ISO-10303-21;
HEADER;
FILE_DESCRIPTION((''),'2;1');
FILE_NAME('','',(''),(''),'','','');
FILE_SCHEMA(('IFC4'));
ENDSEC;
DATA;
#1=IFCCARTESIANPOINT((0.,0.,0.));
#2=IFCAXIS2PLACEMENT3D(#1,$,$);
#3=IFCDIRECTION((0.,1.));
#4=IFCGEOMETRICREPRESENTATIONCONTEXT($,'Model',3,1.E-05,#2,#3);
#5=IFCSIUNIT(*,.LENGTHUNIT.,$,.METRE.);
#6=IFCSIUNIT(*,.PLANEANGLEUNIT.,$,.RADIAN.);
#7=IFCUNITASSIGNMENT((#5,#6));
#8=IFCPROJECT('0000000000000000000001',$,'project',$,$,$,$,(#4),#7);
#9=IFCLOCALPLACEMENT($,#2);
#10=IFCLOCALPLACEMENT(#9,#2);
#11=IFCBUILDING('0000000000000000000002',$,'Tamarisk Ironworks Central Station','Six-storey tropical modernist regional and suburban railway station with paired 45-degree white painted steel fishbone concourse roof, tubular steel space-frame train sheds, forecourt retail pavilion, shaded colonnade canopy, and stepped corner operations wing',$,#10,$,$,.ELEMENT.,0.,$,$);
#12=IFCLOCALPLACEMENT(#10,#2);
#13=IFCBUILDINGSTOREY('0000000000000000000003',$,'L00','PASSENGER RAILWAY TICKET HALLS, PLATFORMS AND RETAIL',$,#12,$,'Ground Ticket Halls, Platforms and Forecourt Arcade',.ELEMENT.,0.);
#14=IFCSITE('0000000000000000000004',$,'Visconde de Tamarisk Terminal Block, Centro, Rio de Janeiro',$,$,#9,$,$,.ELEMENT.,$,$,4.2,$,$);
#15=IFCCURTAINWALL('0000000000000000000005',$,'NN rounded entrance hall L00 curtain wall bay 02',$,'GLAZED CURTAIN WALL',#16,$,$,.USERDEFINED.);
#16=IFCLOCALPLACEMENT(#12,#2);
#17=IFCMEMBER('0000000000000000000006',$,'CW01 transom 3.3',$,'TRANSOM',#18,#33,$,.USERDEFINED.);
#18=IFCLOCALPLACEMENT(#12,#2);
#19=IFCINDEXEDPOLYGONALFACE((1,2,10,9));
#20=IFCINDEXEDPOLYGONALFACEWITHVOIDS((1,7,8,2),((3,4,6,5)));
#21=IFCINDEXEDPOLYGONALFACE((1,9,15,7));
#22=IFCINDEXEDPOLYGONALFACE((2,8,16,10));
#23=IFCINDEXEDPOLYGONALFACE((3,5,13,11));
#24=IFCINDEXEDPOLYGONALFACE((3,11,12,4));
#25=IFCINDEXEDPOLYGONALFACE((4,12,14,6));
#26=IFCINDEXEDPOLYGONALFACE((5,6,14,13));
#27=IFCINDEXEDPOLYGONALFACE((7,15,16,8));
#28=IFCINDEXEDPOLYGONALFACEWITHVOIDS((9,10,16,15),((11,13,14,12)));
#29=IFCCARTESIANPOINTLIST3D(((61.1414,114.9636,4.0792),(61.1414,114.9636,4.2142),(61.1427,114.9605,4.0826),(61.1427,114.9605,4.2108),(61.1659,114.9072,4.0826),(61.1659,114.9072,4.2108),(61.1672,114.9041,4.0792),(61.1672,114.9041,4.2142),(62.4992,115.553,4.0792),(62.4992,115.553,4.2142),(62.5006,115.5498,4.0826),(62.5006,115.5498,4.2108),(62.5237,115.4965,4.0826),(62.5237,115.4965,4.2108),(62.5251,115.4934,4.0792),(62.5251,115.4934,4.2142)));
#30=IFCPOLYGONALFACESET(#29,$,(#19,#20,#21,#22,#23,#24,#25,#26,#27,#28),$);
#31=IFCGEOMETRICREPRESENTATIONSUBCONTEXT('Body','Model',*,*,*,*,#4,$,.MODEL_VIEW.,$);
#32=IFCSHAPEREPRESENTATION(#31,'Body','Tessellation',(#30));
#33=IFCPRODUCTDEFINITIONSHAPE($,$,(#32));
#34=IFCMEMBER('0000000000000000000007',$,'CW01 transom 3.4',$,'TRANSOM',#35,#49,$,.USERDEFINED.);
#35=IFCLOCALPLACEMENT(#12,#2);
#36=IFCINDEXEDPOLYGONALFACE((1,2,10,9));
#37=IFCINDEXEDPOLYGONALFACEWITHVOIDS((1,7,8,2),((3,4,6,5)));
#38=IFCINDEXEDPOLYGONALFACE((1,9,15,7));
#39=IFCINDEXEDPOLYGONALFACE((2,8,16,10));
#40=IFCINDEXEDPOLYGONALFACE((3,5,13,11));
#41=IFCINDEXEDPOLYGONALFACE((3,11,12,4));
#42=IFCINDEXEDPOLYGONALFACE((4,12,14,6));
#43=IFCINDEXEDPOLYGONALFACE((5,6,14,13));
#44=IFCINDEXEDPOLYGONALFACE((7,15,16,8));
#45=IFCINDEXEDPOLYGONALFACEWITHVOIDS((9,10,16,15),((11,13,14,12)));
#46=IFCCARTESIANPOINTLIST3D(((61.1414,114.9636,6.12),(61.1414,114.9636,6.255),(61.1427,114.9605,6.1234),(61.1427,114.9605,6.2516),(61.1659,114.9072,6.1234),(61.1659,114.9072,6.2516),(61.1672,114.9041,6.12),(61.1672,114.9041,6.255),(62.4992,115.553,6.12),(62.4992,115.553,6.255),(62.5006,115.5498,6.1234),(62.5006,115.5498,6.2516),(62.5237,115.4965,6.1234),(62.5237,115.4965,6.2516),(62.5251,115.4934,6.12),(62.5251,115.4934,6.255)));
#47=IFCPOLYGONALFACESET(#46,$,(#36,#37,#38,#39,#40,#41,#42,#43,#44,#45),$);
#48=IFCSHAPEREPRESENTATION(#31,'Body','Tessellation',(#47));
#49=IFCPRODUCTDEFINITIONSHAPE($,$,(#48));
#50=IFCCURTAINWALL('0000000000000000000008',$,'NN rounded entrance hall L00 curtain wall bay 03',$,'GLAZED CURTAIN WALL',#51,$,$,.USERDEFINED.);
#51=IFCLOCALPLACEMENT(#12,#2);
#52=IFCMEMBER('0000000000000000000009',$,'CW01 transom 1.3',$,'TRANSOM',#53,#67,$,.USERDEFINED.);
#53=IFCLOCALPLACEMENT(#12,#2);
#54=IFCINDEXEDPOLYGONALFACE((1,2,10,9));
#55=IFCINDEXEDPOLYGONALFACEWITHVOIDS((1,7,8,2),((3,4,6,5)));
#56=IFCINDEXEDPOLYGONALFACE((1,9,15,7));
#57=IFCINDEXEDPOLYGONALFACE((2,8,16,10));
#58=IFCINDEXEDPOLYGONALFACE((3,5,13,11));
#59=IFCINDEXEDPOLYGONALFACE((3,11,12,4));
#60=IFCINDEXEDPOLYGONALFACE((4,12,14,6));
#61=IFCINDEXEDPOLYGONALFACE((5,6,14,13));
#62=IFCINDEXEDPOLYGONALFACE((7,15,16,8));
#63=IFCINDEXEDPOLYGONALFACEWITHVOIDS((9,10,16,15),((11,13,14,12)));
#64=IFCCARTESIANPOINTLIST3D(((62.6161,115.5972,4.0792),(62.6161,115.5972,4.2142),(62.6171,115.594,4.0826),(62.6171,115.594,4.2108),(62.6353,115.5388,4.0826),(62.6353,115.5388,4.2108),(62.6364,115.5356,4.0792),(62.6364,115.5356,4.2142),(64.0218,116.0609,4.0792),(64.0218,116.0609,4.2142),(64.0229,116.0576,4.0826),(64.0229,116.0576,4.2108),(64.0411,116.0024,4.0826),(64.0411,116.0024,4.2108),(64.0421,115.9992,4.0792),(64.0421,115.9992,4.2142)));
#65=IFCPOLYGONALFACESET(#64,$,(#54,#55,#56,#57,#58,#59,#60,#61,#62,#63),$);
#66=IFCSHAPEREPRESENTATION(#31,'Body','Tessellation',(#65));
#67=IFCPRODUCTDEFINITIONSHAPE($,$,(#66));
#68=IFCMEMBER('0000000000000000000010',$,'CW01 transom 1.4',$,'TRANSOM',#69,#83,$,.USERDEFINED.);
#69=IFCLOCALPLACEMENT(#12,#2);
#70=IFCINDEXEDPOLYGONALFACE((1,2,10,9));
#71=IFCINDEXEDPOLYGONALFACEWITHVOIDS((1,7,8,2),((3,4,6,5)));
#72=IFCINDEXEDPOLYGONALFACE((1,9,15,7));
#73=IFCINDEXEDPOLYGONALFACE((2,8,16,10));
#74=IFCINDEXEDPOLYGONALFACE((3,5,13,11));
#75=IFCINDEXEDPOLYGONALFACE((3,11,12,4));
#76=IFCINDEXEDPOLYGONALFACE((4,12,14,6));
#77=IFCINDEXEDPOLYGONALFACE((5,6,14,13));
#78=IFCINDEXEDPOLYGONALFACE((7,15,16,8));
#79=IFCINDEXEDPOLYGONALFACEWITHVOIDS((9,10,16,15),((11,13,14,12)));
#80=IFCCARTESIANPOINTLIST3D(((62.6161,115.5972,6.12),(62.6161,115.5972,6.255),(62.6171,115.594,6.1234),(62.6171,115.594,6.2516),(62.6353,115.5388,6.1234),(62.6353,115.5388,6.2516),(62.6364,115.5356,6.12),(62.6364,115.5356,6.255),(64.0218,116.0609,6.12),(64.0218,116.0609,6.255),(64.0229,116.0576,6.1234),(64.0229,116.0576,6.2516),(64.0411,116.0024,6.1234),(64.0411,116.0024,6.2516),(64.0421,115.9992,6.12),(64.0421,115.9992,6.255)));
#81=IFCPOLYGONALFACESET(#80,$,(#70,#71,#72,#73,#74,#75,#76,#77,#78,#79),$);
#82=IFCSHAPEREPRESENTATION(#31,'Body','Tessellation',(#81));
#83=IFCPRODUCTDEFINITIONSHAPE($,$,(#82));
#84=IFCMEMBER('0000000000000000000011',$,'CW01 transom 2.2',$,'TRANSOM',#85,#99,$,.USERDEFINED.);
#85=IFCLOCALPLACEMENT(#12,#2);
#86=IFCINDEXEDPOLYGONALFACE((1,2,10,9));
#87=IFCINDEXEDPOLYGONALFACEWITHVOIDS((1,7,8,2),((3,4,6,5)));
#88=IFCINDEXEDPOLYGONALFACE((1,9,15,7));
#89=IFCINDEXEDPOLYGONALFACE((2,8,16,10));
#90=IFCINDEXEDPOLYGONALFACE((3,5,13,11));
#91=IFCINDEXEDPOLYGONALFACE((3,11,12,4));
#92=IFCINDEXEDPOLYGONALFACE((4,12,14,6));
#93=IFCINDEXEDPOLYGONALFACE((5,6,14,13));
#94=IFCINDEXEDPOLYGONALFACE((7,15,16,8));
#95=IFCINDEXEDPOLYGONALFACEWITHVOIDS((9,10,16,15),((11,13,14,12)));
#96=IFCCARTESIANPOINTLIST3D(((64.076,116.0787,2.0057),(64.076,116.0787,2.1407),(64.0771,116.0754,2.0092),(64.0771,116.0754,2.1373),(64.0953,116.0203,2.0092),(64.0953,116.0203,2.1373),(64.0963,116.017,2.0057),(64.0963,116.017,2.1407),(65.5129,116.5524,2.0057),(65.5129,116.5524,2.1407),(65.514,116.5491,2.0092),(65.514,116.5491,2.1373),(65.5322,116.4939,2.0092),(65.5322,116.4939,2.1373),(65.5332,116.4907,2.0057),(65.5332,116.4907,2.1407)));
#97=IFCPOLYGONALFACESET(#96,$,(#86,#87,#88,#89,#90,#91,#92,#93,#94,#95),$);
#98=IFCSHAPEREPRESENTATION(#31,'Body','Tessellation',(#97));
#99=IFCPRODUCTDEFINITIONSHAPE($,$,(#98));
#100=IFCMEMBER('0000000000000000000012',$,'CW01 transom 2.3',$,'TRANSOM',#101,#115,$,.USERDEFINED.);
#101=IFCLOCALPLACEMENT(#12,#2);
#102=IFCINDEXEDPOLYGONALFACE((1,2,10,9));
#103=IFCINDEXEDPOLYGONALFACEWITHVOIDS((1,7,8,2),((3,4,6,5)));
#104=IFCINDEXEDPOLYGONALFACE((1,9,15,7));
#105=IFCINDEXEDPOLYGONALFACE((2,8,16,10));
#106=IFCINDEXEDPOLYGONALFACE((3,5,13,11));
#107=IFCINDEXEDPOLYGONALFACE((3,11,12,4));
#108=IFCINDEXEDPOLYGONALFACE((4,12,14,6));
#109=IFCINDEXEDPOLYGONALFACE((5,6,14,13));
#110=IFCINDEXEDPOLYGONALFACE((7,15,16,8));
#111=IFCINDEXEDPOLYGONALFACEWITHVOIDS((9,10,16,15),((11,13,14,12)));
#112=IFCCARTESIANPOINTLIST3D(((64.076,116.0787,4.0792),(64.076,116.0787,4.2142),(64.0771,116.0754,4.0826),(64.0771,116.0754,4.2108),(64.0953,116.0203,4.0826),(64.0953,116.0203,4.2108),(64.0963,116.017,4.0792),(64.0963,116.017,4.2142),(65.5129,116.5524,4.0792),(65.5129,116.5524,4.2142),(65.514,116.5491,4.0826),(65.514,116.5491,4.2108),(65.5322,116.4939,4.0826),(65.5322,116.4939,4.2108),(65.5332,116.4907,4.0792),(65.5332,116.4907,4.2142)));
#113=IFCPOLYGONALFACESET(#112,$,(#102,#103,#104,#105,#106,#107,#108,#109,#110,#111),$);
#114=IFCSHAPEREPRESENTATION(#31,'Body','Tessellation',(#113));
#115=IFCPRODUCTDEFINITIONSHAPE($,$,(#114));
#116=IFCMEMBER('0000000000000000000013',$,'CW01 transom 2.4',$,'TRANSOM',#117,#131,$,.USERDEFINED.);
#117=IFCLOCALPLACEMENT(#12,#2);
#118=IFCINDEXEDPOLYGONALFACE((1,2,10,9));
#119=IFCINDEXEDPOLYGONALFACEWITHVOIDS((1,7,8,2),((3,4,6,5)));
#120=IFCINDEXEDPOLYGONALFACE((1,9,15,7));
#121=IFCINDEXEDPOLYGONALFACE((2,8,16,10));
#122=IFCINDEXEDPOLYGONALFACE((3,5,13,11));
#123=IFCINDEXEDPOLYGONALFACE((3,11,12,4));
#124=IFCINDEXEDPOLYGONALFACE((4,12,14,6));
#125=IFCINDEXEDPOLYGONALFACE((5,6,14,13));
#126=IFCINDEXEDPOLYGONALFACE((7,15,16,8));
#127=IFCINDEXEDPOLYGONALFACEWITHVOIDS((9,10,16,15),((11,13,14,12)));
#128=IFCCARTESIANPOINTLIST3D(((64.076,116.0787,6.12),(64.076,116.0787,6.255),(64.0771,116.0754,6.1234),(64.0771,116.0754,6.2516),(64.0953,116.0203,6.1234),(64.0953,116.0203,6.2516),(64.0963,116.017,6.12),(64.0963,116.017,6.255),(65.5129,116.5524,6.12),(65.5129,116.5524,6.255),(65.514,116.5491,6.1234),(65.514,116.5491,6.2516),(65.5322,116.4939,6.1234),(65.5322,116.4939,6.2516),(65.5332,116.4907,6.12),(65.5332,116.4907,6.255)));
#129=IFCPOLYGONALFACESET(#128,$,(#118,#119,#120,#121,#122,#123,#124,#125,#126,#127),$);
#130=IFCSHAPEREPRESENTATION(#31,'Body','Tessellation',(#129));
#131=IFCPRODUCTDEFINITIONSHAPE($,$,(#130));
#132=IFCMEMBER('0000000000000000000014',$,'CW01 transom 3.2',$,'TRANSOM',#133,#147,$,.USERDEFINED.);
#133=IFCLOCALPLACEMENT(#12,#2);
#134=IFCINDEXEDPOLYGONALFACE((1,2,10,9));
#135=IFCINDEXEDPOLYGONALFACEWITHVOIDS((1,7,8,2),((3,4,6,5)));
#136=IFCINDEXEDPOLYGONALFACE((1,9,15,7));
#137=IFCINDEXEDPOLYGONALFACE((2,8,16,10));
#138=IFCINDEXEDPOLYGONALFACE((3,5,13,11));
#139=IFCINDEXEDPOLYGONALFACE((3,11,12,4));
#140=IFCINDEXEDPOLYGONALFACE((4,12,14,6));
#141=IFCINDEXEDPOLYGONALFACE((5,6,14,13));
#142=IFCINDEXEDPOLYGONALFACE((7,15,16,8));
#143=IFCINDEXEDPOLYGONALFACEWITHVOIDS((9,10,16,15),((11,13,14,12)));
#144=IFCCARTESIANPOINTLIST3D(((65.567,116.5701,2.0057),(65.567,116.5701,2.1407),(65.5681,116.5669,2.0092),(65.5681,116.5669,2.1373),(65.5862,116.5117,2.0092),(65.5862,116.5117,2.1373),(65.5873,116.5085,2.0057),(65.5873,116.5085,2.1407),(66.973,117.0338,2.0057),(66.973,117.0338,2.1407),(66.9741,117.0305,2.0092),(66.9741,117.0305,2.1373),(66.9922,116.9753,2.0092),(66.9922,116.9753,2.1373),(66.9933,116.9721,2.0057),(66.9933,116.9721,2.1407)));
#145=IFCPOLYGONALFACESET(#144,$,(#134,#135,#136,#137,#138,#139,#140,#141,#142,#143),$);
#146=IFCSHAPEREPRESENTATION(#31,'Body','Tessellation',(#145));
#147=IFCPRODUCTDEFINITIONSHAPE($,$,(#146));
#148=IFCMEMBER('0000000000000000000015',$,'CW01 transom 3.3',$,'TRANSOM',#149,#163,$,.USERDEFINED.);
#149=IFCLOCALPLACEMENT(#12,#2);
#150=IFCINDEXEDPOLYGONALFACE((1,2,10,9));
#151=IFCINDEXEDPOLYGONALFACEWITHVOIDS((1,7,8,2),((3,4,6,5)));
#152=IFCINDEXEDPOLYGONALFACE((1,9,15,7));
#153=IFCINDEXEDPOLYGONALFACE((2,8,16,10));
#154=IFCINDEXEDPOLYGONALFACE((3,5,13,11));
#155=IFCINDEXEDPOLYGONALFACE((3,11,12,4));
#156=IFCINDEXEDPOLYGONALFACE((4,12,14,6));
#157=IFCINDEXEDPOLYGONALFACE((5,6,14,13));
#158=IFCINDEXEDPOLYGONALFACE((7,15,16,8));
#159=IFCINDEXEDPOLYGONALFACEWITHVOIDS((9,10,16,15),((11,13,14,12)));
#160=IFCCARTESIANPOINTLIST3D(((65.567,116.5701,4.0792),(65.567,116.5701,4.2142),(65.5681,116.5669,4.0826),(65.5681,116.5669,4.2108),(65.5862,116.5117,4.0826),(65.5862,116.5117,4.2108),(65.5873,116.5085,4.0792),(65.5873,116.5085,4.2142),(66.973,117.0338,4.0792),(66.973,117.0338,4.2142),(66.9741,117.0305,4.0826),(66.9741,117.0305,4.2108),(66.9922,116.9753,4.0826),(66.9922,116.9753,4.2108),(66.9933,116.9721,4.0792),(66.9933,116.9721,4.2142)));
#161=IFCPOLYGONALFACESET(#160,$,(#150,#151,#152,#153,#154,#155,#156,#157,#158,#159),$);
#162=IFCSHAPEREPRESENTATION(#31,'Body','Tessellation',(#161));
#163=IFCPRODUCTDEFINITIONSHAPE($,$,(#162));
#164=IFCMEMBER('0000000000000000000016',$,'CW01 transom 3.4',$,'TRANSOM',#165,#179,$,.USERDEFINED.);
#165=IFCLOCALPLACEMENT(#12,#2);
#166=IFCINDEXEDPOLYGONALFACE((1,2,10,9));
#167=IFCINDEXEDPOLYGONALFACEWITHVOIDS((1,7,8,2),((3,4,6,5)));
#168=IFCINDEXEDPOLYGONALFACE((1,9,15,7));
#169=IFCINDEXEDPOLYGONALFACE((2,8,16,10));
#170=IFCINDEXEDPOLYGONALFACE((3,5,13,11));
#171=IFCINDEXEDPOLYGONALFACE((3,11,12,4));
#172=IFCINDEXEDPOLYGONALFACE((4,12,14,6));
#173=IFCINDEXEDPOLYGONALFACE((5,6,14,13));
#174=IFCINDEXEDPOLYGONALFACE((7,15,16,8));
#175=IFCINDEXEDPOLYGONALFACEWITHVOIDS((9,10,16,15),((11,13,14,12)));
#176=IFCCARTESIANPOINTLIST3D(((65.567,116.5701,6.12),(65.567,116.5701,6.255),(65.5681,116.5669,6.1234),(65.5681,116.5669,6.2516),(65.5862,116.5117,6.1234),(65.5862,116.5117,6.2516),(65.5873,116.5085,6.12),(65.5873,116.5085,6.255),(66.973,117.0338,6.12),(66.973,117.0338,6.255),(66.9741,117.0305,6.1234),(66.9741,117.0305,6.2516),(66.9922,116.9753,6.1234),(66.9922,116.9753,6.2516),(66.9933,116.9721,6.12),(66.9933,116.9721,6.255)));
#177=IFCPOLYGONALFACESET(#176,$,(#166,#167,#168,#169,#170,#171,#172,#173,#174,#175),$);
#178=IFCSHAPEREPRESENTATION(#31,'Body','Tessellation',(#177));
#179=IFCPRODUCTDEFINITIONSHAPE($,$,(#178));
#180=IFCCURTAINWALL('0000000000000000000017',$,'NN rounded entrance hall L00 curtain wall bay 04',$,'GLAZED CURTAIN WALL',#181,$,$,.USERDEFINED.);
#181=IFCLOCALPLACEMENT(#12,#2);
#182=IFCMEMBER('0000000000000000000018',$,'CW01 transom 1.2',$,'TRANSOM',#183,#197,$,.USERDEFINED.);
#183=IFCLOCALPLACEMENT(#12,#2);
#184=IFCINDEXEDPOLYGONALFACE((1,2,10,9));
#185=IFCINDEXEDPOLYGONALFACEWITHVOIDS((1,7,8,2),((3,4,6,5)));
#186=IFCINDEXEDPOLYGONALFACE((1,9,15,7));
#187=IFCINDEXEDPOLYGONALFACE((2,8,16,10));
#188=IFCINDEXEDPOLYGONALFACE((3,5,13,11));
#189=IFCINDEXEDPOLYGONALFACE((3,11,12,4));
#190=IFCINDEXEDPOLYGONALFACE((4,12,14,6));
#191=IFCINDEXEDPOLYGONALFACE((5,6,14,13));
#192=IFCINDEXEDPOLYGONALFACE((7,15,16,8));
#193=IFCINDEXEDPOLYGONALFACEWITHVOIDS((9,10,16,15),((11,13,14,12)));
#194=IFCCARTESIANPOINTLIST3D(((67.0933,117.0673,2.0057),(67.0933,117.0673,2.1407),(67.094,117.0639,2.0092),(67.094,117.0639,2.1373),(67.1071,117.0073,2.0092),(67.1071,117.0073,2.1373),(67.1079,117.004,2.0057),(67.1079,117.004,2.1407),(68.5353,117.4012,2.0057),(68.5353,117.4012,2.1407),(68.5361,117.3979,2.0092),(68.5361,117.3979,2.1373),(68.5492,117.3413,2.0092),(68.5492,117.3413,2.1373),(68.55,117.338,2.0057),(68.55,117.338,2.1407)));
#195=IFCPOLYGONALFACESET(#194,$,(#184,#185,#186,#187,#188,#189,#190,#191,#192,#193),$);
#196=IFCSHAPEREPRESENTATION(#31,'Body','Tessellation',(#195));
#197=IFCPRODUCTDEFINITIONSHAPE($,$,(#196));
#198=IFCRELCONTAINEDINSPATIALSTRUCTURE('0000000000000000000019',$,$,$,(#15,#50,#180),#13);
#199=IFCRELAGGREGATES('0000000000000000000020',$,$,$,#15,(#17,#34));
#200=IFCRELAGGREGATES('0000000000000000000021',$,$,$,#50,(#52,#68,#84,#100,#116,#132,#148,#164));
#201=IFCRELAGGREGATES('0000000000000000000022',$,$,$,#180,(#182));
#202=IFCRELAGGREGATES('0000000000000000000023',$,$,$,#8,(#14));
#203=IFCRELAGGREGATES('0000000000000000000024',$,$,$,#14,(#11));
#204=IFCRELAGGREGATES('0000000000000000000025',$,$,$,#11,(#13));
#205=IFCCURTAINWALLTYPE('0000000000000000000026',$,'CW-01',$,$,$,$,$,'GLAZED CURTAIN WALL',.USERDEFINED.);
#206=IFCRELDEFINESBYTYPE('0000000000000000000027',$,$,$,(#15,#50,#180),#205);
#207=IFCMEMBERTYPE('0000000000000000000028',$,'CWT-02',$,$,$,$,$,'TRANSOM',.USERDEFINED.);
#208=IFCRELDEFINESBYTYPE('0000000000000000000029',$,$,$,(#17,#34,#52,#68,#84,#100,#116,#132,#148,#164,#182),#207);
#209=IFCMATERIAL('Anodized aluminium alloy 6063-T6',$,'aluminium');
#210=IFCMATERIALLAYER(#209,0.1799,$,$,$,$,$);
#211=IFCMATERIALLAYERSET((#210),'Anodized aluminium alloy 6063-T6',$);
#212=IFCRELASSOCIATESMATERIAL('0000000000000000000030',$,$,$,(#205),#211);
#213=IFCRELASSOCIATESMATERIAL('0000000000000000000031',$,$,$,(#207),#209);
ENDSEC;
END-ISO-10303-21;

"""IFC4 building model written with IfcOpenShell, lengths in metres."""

from ifc_helpers import new_model, si_unit, direction, frame, origin, origin_2d, place, context, subcontext, project, spatial, hollow_rectangle, extrude, material, layer, layer_set, material_profile, profile_set, type_object, element, aggregate, save


model = new_model("IFC4")

# Units and contexts
model_context = context("Model", 3, precision=1e-05, world=origin(), true_north=direction((0.0, 1.0)))
body_context = subcontext(model_context, "Body", "Model", "MODEL_VIEW")
ifc_project = project(units=[si_unit("LENGTHUNIT", "METRE"), si_unit("PLANEANGLEUNIT", "RADIAN")], contexts=[model_context])

# Site, building, storey
site_placement = place(None, origin())
site = spatial("IfcSite", under=ifc_project, at=site_placement, Name="Visconde de Tamarisk Terminal Block, Centro, Rio de Janeiro", CompositionType="ELEMENT", RefElevation=4.2)
building_placement = place(site_placement, origin())
building = spatial("IfcBuilding", under=site, at=building_placement, Name="Tamarisk Ironworks Central Station", Description="Six-storey tropical modernist regional and suburban railway station with paired 45-degree white painted steel fishbone concourse roof, tubular steel space-frame train sheds, forecourt retail pavilion, shaded colonnade canopy, and stepped corner operations wing", CompositionType="ELEMENT", ElevationOfRefHeight=0.0)
storey_placement = place(building_placement, origin())
storey = spatial("IfcBuildingStorey", under=building, at=storey_placement, Name="L00", Description="PASSENGER RAILWAY TICKET HALLS, PLATFORMS AND RETAIL", LongName="Ground Ticket Halls, Platforms and Forecourt Arcade", CompositionType="ELEMENT", Elevation=0.0)

# Curtain walls, members
ifc_material_1 = material(Name="Anodized aluminium alloy 6063-T6", Category="aluminium")
ifc_layer_1 = layer(ifc_material_1, 0.1799)
ifc_layer_set_1 = layer_set([ifc_layer_1], Name="Anodized aluminium alloy 6063-T6")
curtain_wall_type = type_object("IfcCurtainWallType", Name="CW-01", ElementType="GLAZED CURTAIN WALL", PredefinedType="USERDEFINED", material=ifc_layer_set_1)
curtain_wall_1_placement = place(storey_placement, origin())
curtain_wall_1 = element("IfcCurtainWall", 1, at=curtain_wall_1_placement, inside=storey, type_object=curtain_wall_type, Name="NN rounded entrance hall L00 curtain wall bay 02", ObjectType="GLAZED CURTAIN WALL", PredefinedType="USERDEFINED")
ifc_material_profile = material_profile(ifc_material_1, hollow_rectangle(XDim=0.0649, YDim=0.135, WallThickness=0.0034, at=origin_2d()), Name="ALUM 135x65")
ifc_profile_set = profile_set([ifc_material_profile], Name="Anodized aluminium alloy 6063-T6")
member_type = type_object("IfcMemberType", Name="CWT-02", ElementType="TRANSOM", PredefinedType="USERDEFINED", material=ifc_profile_set)
member_1_placement = place(storey_placement, frame((61.1543, 114.9338, 4.1467), z_axis=(0.917327, 0.398135, 0.0), x_axis=(-0.398135, 0.917327, 0.0)))
member_1 = element("IfcMember", 2, at=member_1_placement, type_object=member_type, Name="CW01 transom 3.3", ObjectType="TRANSOM", PredefinedType="USERDEFINED", context=body_context, shape_type="SweptSolid", body=[
    extrude(hollow_rectangle(XDim=0.0649, YDim=0.135, WallThickness=0.0034, at=origin_2d()), origin(), (0.0, 0.0, 1.0), 1.4802),
])
member_2_placement = place(storey_placement, frame((61.1543, 114.9338, 6.1875), z_axis=(0.917327, 0.398135, 0.0), x_axis=(-0.398135, 0.917327, 0.0)))
member_2 = element("IfcMember", 3, at=member_2_placement, type_object=member_type, Name="CW01 transom 3.4", ObjectType="TRANSOM", PredefinedType="USERDEFINED", context=body_context, shape_type="SweptSolid", body=[
    extrude(hollow_rectangle(XDim=0.0649, YDim=0.135, WallThickness=0.0034, at=origin_2d()), origin(), (0.0, 0.0, 1.0), 1.4802),
])
curtain_wall_2_placement = place(storey_placement, origin())
curtain_wall_2 = element("IfcCurtainWall", 4, at=curtain_wall_2_placement, inside=storey, type_object=curtain_wall_type, Name="NN rounded entrance hall L00 curtain wall bay 03", ObjectType="GLAZED CURTAIN WALL", PredefinedType="USERDEFINED")
member_3_placement = place(storey_placement, frame((62.6262, 115.5664, 4.1467), z_axis=(0.949685, 0.313208, 0.0), x_axis=(-0.313208, 0.949685, 0.0)))
member_3 = element("IfcMember", 5, at=member_3_placement, type_object=member_type, Name="CW01 transom 1.3", ObjectType="TRANSOM", PredefinedType="USERDEFINED", context=body_context, shape_type="SweptSolid", body=[
    extrude(hollow_rectangle(XDim=0.0649, YDim=0.135, WallThickness=0.0034, at=origin_2d()), origin(), (0.0, 0.0, 1.0), 1.4802),
])
member_4_placement = place(storey_placement, frame((62.6262, 115.5664, 6.1875), z_axis=(0.949685, 0.313208, 0.0), x_axis=(-0.313208, 0.949685, 0.0)))
member_4 = element("IfcMember", 6, at=member_4_placement, type_object=member_type, Name="CW01 transom 1.4", ObjectType="TRANSOM", PredefinedType="USERDEFINED", context=body_context, shape_type="SweptSolid", body=[
    extrude(hollow_rectangle(XDim=0.0649, YDim=0.135, WallThickness=0.0034, at=origin_2d()), origin(), (0.0, 0.0, 1.0), 1.4802),
])
member_5_placement = place(storey_placement, frame((64.0862, 116.0479, 2.0732), z_axis=(0.949727, 0.313079, 0.0), x_axis=(-0.313079, 0.949727, 0.0)))
member_5 = element("IfcMember", 7, at=member_5_placement, type_object=member_type, Name="CW01 transom 2.2", ObjectType="TRANSOM", PredefinedType="USERDEFINED", context=body_context, shape_type="SweptSolid", body=[
    extrude(hollow_rectangle(XDim=0.0649, YDim=0.135, WallThickness=0.0034, at=origin_2d()), origin(), (0.0, 0.0, 1.0), 1.5129),
])
member_6_placement = place(storey_placement, frame((64.0862, 116.0479, 4.1467), z_axis=(0.949727, 0.313079, 0.0), x_axis=(-0.313079, 0.949727, 0.0)))
member_6 = element("IfcMember", 8, at=member_6_placement, type_object=member_type, Name="CW01 transom 2.3", ObjectType="TRANSOM", PredefinedType="USERDEFINED", context=body_context, shape_type="SweptSolid", body=[
    extrude(hollow_rectangle(XDim=0.0649, YDim=0.135, WallThickness=0.0034, at=origin_2d()), origin(), (0.0, 0.0, 1.0), 1.5129),
])
member_7_placement = place(storey_placement, frame((64.0862, 116.0479, 6.1875), z_axis=(0.949727, 0.313079, 0.0), x_axis=(-0.313079, 0.949727, 0.0)))
member_7 = element("IfcMember", 9, at=member_7_placement, type_object=member_type, Name="CW01 transom 2.4", ObjectType="TRANSOM", PredefinedType="USERDEFINED", context=body_context, shape_type="SweptSolid", body=[
    extrude(hollow_rectangle(XDim=0.0649, YDim=0.135, WallThickness=0.0034, at=origin_2d()), origin(), (0.0, 0.0, 1.0), 1.5129),
])
member_8_placement = place(storey_placement, frame((65.5771, 116.5393, 2.0732), z_axis=(0.949701, 0.313159, 0.0), x_axis=(-0.313159, 0.949701, 0.0)))
member_8 = element("IfcMember", 10, at=member_8_placement, type_object=member_type, Name="CW01 transom 3.2", ObjectType="TRANSOM", PredefinedType="USERDEFINED", context=body_context, shape_type="SweptSolid", body=[
    extrude(hollow_rectangle(XDim=0.0649, YDim=0.135, WallThickness=0.0034, at=origin_2d()), origin(), (0.0, 0.0, 1.0), 1.4805),
])
member_9_placement = place(storey_placement, frame((65.5771, 116.5393, 4.1467), z_axis=(0.949701, 0.313159, 0.0), x_axis=(-0.313159, 0.949701, 0.0)))
member_9 = element("IfcMember", 11, at=member_9_placement, type_object=member_type, Name="CW01 transom 3.3", ObjectType="TRANSOM", PredefinedType="USERDEFINED", context=body_context, shape_type="SweptSolid", body=[
    extrude(hollow_rectangle(XDim=0.0649, YDim=0.135, WallThickness=0.0034, at=origin_2d()), origin(), (0.0, 0.0, 1.0), 1.4805),
])
member_10_placement = place(storey_placement, frame((65.5771, 116.5393, 6.1875), z_axis=(0.949701, 0.313159, 0.0), x_axis=(-0.313159, 0.949701, 0.0)))
member_10 = element("IfcMember", 12, at=member_10_placement, type_object=member_type, Name="CW01 transom 3.4", ObjectType="TRANSOM", PredefinedType="USERDEFINED", context=body_context, shape_type="SweptSolid", body=[
    extrude(hollow_rectangle(XDim=0.0649, YDim=0.135, WallThickness=0.0034, at=origin_2d()), origin(), (0.0, 0.0, 1.0), 1.4805),
])
curtain_wall_3_placement = place(storey_placement, origin())
curtain_wall_3 = element("IfcCurtainWall", 13, at=curtain_wall_3_placement, inside=storey, type_object=curtain_wall_type, Name="NN rounded entrance hall L00 curtain wall bay 04", ObjectType="GLAZED CURTAIN WALL", PredefinedType="USERDEFINED")
member_11_placement = place(storey_placement, frame((67.1006, 117.0356, 2.0732), z_axis=(0.974216, 0.225618, 0.0), x_axis=(-0.225618, 0.974216, 0.0)))
member_11 = element("IfcMember", 14, at=member_11_placement, type_object=member_type, Name="CW01 transom 1.2", ObjectType="TRANSOM", PredefinedType="USERDEFINED", context=body_context, shape_type="SweptSolid", body=[
    extrude(hollow_rectangle(XDim=0.0649, YDim=0.135, WallThickness=0.0034, at=origin_2d()), origin(), (0.0, 0.0, 1.0), 1.4802),
])

aggregate(curtain_wall_1, [member_1, member_2])
aggregate(curtain_wall_2, [member_3, member_4, member_5, member_6, member_7, member_8, member_9, member_10])
aggregate(curtain_wall_3, [member_11])

save(model, "model.ifc")
